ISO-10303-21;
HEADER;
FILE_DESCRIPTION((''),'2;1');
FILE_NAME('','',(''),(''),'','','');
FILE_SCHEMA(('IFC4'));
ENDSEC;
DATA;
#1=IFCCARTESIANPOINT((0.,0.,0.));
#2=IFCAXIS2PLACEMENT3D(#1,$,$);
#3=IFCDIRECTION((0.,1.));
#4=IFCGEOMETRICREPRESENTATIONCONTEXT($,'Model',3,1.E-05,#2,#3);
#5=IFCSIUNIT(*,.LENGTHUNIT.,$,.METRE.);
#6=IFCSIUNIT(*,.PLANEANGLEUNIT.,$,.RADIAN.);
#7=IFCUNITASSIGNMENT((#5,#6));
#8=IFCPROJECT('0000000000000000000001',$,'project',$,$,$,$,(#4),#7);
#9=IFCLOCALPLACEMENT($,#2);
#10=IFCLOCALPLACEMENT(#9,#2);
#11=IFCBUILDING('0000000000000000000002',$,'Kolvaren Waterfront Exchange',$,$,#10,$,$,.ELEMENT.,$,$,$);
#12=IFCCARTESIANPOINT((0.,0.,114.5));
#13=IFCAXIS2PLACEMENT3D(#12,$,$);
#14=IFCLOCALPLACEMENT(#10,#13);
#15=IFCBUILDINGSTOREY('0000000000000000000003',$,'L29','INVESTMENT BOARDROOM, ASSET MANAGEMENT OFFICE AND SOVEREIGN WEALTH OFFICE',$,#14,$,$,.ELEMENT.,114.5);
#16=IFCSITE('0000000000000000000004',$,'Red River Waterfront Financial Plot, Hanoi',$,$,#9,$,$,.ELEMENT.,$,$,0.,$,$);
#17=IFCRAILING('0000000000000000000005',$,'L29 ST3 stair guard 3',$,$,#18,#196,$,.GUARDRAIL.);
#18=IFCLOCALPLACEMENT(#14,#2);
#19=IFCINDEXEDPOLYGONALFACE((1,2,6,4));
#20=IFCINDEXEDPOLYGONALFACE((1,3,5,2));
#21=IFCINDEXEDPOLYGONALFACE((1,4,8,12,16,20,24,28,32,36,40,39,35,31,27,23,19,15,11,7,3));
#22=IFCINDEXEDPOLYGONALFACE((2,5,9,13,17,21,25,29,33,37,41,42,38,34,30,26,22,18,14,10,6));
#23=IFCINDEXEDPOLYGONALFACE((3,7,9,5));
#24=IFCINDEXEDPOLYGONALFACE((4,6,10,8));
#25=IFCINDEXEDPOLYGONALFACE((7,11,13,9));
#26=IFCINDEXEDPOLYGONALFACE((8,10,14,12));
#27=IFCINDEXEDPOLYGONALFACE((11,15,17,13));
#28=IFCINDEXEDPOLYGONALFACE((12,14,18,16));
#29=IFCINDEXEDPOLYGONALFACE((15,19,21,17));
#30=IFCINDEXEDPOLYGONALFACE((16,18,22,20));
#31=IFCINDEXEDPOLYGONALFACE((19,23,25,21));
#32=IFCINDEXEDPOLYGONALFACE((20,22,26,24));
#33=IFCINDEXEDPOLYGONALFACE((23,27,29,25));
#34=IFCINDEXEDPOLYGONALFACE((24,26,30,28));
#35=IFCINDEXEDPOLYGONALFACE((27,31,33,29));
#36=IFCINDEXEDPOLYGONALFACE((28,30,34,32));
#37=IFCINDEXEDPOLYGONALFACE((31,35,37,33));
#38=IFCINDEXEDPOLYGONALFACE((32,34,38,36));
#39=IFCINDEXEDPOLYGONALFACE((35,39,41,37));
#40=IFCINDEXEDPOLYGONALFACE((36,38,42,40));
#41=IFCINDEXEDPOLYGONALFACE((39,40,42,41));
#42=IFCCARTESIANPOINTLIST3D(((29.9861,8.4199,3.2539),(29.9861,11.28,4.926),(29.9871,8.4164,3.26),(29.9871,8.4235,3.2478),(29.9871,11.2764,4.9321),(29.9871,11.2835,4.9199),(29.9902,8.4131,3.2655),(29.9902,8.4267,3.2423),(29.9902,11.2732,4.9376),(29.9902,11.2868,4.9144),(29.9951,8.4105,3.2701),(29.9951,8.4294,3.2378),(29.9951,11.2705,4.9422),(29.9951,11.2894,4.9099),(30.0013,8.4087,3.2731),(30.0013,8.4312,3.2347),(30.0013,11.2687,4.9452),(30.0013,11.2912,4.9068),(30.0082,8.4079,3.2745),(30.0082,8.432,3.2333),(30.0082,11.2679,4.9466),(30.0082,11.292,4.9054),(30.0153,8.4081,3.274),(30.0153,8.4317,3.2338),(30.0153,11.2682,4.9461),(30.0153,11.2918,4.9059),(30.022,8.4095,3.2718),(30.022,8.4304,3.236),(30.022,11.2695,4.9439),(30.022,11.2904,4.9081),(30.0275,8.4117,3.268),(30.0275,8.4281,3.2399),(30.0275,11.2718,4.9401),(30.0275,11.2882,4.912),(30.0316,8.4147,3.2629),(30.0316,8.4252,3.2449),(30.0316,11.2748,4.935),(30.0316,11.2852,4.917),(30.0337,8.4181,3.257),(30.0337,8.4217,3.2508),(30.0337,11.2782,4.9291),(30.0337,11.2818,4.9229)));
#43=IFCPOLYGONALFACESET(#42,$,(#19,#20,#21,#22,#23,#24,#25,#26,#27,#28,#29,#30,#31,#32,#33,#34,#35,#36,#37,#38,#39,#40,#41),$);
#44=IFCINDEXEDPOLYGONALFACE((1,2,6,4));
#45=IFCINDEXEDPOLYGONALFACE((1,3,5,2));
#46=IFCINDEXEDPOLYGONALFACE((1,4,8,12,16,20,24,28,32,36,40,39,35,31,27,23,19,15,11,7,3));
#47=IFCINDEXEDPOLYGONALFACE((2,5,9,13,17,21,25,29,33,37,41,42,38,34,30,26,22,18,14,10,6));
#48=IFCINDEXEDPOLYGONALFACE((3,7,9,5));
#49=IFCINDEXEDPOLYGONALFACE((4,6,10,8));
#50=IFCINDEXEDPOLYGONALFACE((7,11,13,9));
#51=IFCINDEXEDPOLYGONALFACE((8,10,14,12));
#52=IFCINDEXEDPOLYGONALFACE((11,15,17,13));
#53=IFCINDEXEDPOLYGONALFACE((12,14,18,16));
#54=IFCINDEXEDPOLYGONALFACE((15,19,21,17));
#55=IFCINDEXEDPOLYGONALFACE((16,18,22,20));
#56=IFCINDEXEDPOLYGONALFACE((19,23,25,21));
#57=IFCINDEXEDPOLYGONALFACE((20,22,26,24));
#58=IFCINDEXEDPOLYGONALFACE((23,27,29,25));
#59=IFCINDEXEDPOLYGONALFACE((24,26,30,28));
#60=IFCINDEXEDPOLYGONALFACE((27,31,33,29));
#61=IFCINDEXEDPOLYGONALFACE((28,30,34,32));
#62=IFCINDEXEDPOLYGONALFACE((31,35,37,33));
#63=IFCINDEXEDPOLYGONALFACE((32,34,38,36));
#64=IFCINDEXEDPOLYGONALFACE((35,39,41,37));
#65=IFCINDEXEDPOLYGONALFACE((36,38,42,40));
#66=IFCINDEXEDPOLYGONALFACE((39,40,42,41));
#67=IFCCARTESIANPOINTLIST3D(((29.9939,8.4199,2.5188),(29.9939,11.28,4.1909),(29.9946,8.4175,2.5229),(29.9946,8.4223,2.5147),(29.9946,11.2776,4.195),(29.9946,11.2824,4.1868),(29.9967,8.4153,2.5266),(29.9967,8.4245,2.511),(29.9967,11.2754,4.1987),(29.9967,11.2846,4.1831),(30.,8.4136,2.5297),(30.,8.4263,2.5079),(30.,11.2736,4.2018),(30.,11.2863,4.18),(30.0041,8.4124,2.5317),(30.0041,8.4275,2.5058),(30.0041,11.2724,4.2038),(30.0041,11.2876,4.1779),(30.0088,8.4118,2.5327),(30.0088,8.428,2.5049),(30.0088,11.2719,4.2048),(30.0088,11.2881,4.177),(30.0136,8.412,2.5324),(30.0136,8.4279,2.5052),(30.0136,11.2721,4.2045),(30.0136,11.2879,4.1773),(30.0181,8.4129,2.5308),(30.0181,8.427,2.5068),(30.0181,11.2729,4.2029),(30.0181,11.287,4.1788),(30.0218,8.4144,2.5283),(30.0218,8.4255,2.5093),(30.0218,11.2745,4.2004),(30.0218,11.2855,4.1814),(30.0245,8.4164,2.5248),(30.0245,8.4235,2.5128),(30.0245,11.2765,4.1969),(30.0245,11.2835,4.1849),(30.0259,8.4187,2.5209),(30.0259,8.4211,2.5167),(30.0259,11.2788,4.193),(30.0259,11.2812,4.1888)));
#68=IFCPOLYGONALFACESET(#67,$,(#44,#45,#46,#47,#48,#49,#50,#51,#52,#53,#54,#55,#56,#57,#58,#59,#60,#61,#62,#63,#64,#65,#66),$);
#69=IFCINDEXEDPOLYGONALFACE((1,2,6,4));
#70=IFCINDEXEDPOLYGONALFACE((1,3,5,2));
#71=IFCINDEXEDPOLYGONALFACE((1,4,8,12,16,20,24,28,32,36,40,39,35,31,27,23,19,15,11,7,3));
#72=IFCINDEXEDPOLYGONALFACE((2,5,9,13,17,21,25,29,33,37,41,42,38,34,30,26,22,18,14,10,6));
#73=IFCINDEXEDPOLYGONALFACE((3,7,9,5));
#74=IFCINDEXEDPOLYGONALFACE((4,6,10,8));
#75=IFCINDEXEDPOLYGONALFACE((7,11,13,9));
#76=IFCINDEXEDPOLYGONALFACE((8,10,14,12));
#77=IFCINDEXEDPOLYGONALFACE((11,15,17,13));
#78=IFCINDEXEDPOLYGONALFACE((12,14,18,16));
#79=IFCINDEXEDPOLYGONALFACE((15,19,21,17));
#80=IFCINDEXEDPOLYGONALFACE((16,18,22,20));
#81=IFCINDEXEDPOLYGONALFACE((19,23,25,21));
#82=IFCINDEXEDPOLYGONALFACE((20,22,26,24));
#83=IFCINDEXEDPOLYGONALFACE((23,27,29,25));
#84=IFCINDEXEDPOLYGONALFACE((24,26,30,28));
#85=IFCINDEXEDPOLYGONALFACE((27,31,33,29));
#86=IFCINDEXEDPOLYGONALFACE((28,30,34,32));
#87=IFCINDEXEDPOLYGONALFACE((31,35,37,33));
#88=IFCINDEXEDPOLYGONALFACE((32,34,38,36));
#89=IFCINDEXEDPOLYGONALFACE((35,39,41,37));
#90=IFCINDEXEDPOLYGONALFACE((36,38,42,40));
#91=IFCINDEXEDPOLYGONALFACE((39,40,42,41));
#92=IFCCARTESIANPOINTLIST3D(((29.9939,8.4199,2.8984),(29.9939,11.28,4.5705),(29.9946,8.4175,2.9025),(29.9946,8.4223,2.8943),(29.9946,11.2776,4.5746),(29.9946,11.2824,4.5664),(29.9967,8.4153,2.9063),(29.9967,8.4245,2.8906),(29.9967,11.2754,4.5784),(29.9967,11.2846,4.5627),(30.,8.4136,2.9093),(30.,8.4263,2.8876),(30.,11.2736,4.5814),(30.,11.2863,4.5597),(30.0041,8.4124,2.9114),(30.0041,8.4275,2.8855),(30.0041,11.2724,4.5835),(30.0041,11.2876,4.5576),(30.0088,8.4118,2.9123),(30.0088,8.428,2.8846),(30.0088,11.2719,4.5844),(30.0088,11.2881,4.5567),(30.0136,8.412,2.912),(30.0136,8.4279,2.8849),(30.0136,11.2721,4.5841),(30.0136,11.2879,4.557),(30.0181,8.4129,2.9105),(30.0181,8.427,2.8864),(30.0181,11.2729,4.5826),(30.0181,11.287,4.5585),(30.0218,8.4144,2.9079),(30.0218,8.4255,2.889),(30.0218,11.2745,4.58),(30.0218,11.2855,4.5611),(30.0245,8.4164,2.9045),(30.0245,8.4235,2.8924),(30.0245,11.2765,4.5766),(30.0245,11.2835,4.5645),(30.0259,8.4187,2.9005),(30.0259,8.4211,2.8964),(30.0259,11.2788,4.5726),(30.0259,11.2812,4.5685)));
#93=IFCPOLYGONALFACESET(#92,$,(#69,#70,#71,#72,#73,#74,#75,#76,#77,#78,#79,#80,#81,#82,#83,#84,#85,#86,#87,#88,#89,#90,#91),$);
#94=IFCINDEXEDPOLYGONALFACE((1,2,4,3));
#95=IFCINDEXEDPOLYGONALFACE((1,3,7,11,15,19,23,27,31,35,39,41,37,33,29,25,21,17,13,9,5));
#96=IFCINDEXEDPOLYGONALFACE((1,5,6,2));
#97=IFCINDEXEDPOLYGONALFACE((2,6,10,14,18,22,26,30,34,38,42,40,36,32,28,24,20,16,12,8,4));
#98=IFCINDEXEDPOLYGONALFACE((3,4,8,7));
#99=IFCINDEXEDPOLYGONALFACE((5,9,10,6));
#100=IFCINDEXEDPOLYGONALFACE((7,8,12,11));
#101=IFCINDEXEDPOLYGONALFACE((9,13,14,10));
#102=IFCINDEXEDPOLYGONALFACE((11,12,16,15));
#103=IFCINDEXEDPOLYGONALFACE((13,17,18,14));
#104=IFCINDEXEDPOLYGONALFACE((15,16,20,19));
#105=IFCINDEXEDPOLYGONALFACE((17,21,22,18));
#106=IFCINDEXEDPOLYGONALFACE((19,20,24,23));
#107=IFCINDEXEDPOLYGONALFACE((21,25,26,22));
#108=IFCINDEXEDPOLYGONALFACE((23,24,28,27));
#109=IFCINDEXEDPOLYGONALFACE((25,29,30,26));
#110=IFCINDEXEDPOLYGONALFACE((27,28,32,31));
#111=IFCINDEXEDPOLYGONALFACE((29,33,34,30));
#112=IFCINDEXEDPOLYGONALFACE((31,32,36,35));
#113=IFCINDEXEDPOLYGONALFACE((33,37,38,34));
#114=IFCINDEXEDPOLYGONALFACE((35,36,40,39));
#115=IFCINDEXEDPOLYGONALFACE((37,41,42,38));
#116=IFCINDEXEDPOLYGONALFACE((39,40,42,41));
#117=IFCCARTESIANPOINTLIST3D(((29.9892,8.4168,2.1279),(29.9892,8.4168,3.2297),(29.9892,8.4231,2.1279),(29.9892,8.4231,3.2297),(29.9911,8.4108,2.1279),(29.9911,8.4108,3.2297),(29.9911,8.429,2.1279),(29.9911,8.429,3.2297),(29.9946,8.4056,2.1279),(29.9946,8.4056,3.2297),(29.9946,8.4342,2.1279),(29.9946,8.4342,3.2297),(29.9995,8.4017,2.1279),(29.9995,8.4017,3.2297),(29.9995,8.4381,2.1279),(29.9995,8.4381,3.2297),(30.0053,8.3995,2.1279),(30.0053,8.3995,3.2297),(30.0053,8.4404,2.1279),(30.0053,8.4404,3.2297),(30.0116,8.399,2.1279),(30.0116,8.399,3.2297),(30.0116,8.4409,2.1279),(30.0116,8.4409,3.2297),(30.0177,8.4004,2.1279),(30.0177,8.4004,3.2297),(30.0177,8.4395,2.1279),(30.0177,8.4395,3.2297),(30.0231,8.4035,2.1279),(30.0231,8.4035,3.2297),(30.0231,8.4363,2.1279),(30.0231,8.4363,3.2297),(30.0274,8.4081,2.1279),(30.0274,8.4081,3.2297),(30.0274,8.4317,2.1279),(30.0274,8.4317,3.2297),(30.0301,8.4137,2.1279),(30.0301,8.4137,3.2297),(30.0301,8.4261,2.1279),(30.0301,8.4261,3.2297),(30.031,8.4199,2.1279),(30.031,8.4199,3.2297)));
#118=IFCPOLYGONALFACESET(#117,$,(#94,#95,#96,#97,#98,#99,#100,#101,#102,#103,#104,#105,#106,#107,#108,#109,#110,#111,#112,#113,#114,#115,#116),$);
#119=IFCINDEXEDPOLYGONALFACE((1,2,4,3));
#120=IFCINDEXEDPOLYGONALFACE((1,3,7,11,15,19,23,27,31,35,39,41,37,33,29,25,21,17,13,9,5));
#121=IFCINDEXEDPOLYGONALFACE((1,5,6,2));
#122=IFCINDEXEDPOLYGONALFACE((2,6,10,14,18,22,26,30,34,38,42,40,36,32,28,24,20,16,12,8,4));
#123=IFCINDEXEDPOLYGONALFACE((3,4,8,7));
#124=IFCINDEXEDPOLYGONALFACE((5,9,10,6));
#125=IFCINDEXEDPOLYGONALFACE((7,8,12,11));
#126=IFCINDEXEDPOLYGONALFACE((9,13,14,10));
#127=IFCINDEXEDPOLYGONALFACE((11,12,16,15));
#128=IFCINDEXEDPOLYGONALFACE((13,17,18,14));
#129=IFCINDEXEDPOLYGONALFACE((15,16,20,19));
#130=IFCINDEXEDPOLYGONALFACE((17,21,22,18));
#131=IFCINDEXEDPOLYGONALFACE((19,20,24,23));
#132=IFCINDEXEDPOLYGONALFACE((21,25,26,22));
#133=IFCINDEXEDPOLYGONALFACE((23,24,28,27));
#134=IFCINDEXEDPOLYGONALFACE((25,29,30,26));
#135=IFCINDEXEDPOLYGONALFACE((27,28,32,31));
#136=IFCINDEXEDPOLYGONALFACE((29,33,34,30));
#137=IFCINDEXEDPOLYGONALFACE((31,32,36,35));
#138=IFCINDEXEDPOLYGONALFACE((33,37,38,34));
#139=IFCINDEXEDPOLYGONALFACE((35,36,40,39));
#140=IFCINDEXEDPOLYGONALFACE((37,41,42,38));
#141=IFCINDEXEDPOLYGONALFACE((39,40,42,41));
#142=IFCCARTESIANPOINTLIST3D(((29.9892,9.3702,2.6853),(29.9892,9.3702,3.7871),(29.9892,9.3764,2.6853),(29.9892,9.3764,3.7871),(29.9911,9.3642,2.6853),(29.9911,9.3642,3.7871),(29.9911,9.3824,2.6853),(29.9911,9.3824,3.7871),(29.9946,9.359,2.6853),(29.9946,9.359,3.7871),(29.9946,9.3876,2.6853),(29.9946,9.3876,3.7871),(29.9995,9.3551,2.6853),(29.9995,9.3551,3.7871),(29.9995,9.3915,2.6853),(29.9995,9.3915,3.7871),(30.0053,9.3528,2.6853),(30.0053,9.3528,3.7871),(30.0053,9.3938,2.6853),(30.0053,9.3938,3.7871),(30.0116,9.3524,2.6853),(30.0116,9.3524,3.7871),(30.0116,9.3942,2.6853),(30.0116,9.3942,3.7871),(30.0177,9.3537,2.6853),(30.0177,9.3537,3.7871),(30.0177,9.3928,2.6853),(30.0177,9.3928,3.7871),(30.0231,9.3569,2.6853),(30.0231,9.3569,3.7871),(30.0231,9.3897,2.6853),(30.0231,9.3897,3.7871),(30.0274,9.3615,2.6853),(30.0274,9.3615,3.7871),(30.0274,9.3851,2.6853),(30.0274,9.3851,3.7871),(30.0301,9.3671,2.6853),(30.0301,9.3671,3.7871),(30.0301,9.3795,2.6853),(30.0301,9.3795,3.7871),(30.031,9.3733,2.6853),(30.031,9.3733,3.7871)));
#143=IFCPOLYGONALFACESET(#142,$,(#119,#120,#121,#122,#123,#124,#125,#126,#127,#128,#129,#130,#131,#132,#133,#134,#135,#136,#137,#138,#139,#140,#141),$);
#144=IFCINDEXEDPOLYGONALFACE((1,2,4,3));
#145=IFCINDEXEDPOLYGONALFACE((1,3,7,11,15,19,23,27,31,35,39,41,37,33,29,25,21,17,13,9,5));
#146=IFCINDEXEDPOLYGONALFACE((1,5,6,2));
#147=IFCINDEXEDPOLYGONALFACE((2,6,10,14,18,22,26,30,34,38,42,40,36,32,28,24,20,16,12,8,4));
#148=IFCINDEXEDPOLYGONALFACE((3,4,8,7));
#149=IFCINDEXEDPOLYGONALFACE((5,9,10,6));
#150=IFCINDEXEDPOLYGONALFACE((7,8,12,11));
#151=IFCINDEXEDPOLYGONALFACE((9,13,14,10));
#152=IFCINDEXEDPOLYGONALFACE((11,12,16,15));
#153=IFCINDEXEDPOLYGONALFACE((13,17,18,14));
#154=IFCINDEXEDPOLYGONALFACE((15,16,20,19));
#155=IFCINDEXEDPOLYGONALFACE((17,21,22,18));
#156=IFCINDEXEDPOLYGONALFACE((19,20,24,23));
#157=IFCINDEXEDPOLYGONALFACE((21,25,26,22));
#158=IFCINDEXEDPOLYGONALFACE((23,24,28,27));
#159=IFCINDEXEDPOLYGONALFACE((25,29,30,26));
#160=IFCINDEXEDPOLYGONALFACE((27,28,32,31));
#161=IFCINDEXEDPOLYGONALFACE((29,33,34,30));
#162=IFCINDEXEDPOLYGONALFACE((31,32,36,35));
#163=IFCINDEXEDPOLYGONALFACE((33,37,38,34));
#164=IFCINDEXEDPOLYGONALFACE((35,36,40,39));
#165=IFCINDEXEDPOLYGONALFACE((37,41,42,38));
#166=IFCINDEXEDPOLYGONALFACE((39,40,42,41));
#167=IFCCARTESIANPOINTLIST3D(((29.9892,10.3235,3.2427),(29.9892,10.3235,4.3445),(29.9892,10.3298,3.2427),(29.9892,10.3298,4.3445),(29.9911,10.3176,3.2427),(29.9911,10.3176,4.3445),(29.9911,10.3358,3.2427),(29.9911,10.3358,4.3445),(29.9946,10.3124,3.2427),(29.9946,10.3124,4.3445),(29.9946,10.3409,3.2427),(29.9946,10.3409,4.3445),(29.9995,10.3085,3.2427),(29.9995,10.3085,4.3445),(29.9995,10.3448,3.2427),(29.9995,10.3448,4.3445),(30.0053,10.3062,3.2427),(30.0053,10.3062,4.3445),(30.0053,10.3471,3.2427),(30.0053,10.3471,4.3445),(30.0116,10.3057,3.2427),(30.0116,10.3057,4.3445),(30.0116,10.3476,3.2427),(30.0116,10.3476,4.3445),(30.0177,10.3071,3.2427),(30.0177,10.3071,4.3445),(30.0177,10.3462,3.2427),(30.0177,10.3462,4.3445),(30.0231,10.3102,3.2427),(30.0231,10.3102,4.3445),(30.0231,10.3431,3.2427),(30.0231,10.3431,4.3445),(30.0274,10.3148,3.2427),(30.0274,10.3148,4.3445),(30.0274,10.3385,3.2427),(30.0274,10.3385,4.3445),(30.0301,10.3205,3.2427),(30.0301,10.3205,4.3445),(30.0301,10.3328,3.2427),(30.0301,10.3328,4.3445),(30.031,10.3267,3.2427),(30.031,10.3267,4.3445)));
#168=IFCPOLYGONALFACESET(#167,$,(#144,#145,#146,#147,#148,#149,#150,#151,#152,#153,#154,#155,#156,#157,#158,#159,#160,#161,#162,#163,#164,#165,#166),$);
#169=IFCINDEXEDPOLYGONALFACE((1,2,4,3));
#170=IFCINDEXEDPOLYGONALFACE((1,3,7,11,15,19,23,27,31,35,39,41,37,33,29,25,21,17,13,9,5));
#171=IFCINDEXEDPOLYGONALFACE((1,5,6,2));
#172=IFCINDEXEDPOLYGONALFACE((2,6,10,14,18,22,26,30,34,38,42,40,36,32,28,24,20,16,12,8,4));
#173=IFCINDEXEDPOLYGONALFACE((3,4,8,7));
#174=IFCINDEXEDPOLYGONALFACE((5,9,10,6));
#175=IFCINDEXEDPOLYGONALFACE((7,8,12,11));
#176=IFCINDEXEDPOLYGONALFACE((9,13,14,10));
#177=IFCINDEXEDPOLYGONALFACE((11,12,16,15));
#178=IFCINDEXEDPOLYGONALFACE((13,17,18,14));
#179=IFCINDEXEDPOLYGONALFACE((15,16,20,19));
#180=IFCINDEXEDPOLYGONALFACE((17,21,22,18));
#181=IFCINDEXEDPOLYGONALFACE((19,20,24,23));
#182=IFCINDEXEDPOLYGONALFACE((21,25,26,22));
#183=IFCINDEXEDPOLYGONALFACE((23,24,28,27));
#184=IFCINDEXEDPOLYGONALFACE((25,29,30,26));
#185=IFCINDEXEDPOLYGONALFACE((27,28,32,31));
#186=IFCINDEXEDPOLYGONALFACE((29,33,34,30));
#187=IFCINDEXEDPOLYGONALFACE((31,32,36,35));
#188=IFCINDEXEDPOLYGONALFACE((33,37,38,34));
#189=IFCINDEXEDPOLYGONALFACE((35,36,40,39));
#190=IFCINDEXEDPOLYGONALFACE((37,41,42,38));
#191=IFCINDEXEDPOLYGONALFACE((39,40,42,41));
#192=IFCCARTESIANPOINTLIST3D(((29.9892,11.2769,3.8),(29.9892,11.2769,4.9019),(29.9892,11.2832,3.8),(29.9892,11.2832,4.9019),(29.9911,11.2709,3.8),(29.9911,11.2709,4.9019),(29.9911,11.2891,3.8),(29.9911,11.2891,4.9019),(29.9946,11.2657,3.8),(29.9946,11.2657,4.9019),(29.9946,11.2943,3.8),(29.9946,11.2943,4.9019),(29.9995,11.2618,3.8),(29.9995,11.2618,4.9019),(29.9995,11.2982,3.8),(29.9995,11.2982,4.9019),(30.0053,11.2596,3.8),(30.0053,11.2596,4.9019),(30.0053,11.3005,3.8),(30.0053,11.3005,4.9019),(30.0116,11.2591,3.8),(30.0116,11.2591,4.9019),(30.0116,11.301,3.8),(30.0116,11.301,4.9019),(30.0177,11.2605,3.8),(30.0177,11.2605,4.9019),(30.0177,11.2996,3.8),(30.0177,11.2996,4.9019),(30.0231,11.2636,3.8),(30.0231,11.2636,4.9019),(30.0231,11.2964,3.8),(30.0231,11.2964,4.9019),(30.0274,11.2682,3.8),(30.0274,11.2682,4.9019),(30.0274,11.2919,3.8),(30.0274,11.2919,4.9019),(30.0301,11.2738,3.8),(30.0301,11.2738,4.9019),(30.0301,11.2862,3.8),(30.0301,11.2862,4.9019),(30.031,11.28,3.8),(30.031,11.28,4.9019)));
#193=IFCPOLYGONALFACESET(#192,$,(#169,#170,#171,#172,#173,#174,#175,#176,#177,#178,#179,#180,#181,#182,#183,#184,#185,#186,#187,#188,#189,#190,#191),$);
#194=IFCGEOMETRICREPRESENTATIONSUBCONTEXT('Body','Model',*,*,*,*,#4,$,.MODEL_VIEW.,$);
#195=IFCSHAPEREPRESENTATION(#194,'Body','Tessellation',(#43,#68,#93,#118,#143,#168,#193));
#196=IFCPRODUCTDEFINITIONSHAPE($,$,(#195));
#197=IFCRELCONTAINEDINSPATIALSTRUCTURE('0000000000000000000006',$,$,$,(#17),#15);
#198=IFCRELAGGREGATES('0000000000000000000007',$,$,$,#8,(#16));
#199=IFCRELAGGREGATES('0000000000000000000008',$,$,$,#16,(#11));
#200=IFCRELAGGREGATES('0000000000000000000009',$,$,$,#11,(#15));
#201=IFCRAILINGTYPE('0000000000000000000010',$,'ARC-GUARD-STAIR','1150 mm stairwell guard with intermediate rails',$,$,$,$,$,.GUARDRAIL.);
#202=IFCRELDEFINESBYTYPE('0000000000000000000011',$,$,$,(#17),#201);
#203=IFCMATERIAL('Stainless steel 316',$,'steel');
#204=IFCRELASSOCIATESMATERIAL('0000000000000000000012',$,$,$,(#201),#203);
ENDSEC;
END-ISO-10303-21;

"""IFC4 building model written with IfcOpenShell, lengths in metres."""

from ifc_helpers import new_model, si_unit, direction, frame, origin, origin_2d, place, context, subcontext, project, spatial, circle, extrude, material, type_object, element, save


model = new_model("IFC4")

# Units and contexts
model_context = context("Model", 3, precision=1e-05, world=origin(), true_north=direction((0.0, 1.0)))
body_context = subcontext(model_context, "Body", "Model", "MODEL_VIEW")
ifc_project = project(units=[si_unit("LENGTHUNIT", "METRE"), si_unit("PLANEANGLEUNIT", "RADIAN")], contexts=[model_context])

# Site, building, storey
site_placement = place(None, origin())
site = spatial("IfcSite", under=ifc_project, at=site_placement, Name="Red River Waterfront Financial Plot, Hanoi", CompositionType="ELEMENT", RefElevation=0.0)
building_placement = place(site_placement, origin())
building = spatial("IfcBuilding", under=site, at=building_placement, Name="Kolvaren Waterfront Exchange", CompositionType="ELEMENT")
storey_placement = place(building_placement, frame((0.0, 0.0, 114.5)))
storey = spatial("IfcBuildingStorey", under=building, at=storey_placement, Name="L29", Description="INVESTMENT BOARDROOM, ASSET MANAGEMENT OFFICE AND SOVEREIGN WEALTH OFFICE", CompositionType="ELEMENT", Elevation=114.5)

# Railing
ifc_material_1 = material(Name="Stainless steel 316", Category="steel")
railing_type_1 = type_object("IfcRailingType", Name="ARC-GUARD-STAIR", Description="1150 mm stairwell guard with intermediate rails", PredefinedType="GUARDRAIL", material=ifc_material_1)
railing_1_placement = place(storey_placement, frame((30.01, 8.4199, 2.1279)))
element("IfcRailing", 1, at=railing_1_placement, inside=storey, type_object=railing_type_1, Name="L29 ST3 stair guard 3", PredefinedType="GUARDRAIL", context=body_context, shape_type="SweptSolid", body=[
    extrude(circle(Radius=0.0239, at=origin_2d()), frame((0.0, 0.0, 1.126), z_axis=(0.0, 0.863289, 0.504709), x_axis=(-1.0, 0.0, 0.0)), (0.0, 0.0, 1.0), 3.313),
    extrude(circle(Radius=0.0161, at=origin_2d()), frame((0.0, 0.0, 0.3909), z_axis=(0.0, 0.863289, 0.504709), x_axis=(-1.0, 0.0, 0.0)), (0.0, 0.0, 1.0), 3.313),
    extrude(circle(Radius=0.0161, at=origin_2d()), frame((0.0, 0.0, 0.7705), z_axis=(0.0, 0.863289, 0.504709), x_axis=(-1.0, 0.0, 0.0)), (0.0, 0.0, 1.0), 3.313),
    extrude(circle(Radius=0.021, at=origin_2d()), origin(), (0.0, 0.0, 1.0), 1.1018),
    extrude(circle(Radius=0.021, at=origin_2d()), frame((0.0, 0.9534, 0.5574)), (0.0, 0.0, 1.0), 1.1018),
    extrude(circle(Radius=0.021, at=origin_2d()), frame((0.0, 1.9067, 1.1147)), (0.0, 0.0, 1.0), 1.1018),
    extrude(circle(Radius=0.021, at=origin_2d()), frame((0.0, 2.8601, 1.6721)), (0.0, 0.0, 1.0), 1.1018),
])

save(model, "model.ifc")
